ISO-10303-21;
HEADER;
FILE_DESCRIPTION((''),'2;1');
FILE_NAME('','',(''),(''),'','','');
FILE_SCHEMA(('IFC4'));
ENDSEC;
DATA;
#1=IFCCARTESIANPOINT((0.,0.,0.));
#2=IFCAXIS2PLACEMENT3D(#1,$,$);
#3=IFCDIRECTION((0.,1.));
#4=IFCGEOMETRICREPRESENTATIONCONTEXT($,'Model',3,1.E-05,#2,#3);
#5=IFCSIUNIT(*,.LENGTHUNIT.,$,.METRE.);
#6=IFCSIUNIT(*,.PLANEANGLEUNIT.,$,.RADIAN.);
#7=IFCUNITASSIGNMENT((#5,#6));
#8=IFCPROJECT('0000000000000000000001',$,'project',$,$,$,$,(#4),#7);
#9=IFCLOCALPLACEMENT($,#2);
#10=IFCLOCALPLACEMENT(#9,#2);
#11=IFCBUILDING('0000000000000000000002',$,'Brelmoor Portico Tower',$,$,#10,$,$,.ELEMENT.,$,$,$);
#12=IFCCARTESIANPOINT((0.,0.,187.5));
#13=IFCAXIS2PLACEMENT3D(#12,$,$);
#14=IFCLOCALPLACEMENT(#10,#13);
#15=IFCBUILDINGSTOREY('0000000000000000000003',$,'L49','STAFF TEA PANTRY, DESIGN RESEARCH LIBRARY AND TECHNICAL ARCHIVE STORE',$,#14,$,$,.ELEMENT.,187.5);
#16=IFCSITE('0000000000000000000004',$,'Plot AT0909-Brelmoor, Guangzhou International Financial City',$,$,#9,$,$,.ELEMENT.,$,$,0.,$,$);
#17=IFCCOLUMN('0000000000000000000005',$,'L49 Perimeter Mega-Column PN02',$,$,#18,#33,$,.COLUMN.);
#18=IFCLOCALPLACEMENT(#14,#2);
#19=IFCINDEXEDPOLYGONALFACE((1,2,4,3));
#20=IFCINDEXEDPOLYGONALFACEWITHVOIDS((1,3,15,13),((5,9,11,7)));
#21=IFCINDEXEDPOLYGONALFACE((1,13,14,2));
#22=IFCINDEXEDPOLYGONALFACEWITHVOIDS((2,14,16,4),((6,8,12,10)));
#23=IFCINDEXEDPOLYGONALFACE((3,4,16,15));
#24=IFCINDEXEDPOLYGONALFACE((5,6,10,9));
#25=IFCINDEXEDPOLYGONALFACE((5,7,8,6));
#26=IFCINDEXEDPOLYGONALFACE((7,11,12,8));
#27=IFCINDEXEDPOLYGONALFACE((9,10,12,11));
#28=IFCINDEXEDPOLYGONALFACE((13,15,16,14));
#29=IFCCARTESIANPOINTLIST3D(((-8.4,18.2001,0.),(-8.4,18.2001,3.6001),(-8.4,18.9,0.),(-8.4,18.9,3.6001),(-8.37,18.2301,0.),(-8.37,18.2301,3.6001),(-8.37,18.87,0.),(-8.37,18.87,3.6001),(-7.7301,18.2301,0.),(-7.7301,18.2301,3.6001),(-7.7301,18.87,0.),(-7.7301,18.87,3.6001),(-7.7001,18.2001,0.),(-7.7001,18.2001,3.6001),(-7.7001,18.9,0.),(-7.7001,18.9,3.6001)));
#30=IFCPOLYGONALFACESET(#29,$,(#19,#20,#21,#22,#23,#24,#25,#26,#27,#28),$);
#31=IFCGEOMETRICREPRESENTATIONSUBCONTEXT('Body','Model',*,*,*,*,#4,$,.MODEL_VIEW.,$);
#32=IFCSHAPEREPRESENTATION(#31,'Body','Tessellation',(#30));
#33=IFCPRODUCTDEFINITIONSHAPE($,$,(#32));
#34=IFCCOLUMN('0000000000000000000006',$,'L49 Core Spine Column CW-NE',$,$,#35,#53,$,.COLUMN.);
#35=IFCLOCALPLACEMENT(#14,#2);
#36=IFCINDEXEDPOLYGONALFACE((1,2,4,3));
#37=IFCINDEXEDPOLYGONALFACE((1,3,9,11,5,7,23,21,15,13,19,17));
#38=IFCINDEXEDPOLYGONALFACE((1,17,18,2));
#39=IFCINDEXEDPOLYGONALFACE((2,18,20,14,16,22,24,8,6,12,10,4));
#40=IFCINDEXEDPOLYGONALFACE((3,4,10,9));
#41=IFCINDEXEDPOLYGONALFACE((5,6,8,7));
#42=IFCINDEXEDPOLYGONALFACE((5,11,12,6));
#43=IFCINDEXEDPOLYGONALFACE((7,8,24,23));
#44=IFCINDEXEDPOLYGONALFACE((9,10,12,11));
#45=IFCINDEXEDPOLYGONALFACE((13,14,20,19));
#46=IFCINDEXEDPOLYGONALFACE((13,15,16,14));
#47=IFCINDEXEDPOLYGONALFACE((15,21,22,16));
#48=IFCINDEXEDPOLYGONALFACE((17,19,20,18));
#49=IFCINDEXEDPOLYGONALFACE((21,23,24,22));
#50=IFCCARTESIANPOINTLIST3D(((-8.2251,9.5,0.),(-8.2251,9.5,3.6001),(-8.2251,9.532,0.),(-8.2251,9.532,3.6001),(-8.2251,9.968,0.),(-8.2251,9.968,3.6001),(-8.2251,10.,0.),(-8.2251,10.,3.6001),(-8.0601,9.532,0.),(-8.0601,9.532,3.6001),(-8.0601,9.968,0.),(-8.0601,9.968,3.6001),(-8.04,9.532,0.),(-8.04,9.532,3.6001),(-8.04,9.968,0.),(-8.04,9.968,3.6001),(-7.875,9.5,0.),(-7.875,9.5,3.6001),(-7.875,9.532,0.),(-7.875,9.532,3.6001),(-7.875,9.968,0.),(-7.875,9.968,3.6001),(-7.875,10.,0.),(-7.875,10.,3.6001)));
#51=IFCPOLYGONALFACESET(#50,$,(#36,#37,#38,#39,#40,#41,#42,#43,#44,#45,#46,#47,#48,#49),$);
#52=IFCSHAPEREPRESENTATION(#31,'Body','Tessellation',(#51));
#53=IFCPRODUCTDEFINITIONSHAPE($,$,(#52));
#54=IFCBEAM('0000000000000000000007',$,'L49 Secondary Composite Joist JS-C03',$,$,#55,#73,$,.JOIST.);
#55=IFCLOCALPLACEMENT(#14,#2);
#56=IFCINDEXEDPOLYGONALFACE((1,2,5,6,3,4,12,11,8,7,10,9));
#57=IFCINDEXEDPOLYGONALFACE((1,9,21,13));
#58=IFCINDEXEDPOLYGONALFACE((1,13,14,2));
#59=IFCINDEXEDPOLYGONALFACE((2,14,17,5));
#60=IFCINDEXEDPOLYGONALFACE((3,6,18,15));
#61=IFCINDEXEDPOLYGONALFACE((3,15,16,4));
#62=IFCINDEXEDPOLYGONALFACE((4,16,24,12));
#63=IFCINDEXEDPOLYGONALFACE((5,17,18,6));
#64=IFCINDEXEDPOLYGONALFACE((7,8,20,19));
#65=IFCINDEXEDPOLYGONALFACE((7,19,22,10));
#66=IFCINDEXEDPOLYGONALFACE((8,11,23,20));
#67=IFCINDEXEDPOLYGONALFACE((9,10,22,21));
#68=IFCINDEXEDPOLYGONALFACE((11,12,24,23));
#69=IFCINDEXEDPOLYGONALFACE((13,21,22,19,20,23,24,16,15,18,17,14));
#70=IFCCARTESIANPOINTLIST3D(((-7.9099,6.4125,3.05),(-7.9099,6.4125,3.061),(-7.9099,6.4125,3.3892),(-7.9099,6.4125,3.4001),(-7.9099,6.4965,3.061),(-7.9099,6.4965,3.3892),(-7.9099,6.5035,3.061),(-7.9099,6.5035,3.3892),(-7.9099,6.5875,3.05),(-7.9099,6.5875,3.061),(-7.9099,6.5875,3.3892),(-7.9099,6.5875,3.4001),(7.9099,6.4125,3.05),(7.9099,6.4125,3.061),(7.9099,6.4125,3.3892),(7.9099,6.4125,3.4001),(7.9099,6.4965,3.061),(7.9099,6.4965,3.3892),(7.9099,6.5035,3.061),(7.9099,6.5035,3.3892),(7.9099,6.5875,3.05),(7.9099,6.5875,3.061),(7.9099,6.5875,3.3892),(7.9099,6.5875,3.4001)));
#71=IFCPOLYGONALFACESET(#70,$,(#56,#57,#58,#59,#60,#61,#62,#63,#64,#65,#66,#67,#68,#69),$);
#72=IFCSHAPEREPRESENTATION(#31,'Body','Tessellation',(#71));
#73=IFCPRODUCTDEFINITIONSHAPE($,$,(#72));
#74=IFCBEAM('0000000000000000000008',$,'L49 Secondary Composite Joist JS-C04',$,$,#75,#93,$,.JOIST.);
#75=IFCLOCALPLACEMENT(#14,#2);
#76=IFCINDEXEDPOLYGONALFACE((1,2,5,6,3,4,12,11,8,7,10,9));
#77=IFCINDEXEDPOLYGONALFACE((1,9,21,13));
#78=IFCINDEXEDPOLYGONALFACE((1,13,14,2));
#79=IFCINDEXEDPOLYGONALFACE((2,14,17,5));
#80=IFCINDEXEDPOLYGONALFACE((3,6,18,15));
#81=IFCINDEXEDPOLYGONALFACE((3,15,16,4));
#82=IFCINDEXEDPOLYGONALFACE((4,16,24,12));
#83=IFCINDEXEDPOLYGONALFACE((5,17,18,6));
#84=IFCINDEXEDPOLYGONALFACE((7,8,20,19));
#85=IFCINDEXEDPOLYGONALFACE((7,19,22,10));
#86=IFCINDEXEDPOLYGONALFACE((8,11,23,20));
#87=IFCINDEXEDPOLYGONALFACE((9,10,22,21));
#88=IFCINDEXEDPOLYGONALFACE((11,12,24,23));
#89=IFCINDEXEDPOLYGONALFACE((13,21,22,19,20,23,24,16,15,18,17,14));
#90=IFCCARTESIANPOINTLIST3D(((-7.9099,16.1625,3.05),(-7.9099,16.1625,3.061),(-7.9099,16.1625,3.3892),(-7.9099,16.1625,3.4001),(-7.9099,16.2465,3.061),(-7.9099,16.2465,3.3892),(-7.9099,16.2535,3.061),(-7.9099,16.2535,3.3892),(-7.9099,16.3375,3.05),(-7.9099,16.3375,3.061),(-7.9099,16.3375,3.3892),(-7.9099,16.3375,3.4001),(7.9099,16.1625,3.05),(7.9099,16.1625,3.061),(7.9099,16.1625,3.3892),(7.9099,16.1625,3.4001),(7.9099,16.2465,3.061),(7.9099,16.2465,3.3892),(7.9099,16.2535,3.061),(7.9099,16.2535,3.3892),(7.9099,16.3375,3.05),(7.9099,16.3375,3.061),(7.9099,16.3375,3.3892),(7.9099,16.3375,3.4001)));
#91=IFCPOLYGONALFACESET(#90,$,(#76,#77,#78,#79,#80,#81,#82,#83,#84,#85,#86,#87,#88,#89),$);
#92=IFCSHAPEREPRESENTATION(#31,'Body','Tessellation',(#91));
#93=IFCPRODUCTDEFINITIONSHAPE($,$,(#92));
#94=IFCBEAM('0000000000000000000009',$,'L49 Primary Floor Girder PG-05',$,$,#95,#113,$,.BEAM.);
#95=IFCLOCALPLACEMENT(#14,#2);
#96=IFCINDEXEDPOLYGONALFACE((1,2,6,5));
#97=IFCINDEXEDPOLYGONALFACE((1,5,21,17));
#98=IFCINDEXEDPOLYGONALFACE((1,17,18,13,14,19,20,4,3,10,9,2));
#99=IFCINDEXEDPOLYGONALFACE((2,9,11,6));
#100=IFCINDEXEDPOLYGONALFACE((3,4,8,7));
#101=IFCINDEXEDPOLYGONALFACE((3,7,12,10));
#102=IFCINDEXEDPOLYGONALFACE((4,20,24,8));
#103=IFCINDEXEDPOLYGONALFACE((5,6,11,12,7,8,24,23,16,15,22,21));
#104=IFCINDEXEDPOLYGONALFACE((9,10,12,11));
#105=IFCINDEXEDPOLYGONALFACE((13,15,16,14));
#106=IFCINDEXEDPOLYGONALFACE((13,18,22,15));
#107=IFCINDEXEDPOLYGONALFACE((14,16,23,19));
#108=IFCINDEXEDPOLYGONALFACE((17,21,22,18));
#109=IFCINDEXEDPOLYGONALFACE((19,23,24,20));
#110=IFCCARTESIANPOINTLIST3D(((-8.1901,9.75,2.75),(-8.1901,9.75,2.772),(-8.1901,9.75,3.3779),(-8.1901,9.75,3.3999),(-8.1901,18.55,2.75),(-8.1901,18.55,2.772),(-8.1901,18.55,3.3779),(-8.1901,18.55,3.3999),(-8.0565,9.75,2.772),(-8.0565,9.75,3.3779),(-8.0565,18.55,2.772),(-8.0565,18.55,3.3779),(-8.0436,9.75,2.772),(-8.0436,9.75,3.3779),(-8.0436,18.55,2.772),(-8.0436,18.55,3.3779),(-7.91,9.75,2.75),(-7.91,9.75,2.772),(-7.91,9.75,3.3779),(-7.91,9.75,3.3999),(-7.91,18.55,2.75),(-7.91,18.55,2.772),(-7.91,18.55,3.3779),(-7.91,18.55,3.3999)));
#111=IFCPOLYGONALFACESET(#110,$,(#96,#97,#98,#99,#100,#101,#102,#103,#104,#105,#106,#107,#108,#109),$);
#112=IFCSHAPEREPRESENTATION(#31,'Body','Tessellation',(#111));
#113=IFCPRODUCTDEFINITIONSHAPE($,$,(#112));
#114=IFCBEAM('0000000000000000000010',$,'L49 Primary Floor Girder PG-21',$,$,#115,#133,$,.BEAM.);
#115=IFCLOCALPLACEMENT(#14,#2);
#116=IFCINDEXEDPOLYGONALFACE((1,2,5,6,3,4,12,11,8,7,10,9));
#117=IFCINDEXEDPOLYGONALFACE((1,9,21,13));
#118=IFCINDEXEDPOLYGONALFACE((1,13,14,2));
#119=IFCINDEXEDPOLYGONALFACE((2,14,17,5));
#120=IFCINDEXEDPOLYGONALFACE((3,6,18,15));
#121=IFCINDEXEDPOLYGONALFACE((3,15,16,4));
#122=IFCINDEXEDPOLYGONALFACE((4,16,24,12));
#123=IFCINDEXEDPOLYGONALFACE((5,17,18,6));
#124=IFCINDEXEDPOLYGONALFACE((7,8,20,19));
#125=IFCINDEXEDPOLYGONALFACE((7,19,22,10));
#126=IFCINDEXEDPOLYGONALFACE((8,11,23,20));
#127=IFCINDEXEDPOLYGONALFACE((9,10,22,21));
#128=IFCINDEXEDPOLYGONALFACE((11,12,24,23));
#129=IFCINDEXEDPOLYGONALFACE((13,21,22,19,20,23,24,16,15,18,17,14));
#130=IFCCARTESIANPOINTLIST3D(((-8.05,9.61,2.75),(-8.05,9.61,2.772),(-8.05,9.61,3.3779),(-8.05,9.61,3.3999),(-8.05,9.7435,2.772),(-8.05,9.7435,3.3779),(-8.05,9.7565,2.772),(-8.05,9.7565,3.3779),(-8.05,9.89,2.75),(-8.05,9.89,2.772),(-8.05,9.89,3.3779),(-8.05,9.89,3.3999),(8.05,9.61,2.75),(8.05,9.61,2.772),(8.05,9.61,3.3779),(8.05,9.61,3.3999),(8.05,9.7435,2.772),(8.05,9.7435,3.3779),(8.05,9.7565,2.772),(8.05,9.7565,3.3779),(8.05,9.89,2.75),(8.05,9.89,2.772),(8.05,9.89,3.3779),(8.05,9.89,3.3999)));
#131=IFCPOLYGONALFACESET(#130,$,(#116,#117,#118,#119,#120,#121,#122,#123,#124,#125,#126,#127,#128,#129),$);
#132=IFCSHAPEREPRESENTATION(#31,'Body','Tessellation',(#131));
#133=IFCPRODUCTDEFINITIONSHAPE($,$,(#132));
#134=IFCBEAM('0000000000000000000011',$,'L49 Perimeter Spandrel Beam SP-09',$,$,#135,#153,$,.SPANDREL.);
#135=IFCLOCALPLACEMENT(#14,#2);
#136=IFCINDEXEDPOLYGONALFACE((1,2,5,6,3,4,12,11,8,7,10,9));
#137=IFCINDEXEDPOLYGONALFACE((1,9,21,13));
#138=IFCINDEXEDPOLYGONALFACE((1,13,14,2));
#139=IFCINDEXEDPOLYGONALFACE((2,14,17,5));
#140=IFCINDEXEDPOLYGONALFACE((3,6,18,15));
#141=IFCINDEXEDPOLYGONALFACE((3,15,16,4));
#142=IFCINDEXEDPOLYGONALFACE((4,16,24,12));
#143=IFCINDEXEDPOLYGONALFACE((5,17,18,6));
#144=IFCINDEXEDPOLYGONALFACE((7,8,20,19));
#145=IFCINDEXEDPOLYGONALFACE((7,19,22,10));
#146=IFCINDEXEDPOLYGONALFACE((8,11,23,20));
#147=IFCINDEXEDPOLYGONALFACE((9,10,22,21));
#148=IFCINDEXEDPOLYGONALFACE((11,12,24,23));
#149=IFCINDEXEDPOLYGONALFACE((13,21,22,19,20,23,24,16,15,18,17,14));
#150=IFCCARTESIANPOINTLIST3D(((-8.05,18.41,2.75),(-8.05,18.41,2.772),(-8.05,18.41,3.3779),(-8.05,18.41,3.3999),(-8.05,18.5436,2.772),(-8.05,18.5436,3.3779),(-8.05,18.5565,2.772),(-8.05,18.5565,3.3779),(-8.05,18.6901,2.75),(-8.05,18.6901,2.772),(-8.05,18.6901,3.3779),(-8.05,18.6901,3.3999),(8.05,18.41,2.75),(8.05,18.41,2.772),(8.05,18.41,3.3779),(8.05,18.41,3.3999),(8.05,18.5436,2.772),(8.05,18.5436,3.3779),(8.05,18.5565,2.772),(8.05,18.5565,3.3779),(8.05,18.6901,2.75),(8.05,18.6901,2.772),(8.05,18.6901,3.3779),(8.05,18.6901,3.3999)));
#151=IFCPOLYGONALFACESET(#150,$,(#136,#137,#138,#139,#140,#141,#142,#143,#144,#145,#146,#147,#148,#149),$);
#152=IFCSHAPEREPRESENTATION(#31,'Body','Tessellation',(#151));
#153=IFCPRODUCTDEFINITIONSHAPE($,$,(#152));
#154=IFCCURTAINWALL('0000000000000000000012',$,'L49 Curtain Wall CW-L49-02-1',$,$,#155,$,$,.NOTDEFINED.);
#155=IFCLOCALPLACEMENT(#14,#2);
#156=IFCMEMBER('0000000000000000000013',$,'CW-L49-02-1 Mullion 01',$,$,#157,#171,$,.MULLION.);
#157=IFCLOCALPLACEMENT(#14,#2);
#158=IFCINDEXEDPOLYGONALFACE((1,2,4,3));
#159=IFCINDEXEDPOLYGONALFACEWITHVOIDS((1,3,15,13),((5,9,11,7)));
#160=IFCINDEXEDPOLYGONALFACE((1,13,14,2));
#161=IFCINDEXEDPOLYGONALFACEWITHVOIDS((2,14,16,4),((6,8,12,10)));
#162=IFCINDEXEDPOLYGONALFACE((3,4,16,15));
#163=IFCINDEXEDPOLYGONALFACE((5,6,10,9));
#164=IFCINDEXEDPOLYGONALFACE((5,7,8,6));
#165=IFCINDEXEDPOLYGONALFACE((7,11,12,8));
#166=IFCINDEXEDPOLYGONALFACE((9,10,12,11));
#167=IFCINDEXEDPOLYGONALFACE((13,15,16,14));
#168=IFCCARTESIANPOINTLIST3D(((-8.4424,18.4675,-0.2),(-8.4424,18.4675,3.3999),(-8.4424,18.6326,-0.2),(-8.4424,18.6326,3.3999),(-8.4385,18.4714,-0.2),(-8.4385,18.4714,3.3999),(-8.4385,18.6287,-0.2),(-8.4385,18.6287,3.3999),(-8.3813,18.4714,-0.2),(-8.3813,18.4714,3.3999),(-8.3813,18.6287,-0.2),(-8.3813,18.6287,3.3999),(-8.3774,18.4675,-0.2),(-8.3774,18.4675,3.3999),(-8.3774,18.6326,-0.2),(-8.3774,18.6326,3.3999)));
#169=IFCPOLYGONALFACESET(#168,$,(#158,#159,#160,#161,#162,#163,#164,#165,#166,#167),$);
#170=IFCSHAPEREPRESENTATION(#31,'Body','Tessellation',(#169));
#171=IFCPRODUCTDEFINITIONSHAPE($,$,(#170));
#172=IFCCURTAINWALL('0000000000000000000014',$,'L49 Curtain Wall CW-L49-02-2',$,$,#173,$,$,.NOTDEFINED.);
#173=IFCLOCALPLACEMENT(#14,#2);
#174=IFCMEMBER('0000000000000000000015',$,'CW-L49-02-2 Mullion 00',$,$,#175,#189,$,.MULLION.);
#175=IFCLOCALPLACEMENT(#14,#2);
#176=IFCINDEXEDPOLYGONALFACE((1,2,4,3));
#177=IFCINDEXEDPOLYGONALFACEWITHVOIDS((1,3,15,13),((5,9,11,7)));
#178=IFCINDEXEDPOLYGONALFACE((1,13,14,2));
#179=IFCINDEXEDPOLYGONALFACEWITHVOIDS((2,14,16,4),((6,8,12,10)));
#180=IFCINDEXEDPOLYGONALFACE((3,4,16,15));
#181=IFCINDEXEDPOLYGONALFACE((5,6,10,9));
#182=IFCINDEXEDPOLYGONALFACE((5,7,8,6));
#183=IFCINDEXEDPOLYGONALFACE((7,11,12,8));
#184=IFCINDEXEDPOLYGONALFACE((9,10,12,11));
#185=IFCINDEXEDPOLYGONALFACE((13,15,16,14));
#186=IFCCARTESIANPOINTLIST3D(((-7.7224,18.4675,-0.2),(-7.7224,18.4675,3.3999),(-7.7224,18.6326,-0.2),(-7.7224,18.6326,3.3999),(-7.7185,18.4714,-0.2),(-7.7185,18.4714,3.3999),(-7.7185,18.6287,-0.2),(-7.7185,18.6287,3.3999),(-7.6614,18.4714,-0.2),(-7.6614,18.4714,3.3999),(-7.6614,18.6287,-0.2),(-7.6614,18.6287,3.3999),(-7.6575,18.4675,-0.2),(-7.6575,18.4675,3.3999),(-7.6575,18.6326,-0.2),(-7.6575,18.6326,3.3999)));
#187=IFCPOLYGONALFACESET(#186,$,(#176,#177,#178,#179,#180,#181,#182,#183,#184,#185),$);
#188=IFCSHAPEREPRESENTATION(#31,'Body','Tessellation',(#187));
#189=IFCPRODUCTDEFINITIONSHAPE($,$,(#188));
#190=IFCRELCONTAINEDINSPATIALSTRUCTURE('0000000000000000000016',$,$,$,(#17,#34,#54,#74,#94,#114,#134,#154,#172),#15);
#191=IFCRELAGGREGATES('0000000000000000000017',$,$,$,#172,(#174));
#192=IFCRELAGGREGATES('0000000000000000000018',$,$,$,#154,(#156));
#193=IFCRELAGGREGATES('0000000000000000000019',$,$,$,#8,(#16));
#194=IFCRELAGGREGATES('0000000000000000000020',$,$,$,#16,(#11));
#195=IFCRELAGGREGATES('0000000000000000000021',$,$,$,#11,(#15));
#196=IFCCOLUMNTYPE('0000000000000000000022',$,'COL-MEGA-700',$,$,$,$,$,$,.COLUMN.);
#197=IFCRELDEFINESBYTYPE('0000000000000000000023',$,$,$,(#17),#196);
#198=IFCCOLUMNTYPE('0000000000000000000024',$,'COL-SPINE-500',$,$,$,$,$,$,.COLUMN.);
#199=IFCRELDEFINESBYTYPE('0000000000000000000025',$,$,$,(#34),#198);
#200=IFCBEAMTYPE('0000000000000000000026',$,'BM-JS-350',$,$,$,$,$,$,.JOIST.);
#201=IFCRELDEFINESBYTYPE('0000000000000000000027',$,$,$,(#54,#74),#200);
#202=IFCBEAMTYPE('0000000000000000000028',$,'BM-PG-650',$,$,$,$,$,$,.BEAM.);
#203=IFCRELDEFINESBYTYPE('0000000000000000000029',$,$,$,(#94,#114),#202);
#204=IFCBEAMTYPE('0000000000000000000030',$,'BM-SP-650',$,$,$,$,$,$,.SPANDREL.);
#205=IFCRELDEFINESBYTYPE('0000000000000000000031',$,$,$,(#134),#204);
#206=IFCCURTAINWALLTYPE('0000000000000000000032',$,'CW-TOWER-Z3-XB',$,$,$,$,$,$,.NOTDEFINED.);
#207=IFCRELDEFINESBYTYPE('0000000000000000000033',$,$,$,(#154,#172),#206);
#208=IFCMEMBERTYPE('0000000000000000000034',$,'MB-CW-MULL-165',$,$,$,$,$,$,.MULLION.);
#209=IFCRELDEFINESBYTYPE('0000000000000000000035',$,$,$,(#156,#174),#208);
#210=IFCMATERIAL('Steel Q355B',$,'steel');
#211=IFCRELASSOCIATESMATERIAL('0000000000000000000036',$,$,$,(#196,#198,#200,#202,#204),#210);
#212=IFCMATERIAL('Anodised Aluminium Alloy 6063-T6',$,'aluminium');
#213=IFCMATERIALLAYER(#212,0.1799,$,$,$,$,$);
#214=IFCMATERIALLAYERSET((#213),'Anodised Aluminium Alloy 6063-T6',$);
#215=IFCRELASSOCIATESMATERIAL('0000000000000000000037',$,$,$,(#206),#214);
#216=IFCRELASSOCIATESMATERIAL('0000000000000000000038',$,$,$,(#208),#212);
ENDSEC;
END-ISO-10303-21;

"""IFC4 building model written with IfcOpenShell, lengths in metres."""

from ifc_helpers import new_model, si_unit, direction, frame, origin, origin_2d, place, context, subcontext, project, spatial, hollow_rectangle, i_section, extrude, material, layer, layer_set, material_profile, profile_set, type_object, element, aggregate, save


model = new_model("IFC4")

# Units and contexts
model_context = context("Model", 3, precision=1e-05, world=origin(), true_north=direction((0.0, 1.0)))
body_context = subcontext(model_context, "Body", "Model", "MODEL_VIEW")
ifc_project = project(units=[si_unit("LENGTHUNIT", "METRE"), si_unit("PLANEANGLEUNIT", "RADIAN")], contexts=[model_context])

# Site, building, storey
site_placement = place(None, origin())
site = spatial("IfcSite", under=ifc_project, at=site_placement, Name="Plot AT0909-Brelmoor, Guangzhou International Financial City", CompositionType="ELEMENT", RefElevation=0.0)
building_placement = place(site_placement, origin())
building = spatial("IfcBuilding", under=site, at=building_placement, Name="Brelmoor Portico Tower", CompositionType="ELEMENT")
storey_placement = place(building_placement, frame((0.0, 0.0, 187.5)))
storey = spatial("IfcBuildingStorey", under=building, at=storey_placement, Name="L49", Description="STAFF TEA PANTRY, DESIGN RESEARCH LIBRARY AND TECHNICAL ARCHIVE STORE", CompositionType="ELEMENT", Elevation=187.5)

# Columns
ifc_material_1 = material(Name="Steel Q355B", Category="steel")
ifc_material_profile_1 = material_profile(ifc_material_1, hollow_rectangle(XDim=0.7, YDim=0.7, WallThickness=0.03, at=origin_2d()), Name="BOX 700x700x30")
ifc_profile_set_1 = profile_set([ifc_material_profile_1], Name="Steel Q355B")
column_type_1 = type_object("IfcColumnType", Name="COL-MEGA-700", PredefinedType="COLUMN", material=ifc_profile_set_1)
column_1_placement = place(storey_placement, frame((-8.05, 18.55, 0.0), z_axis=(0.0, 0.0, 1.0), x_axis=(1.0, 0.0, 0.0)))
element("IfcColumn", 1, at=column_1_placement, inside=storey, type_object=column_type_1, Name="L49 Perimeter Mega-Column PN02", PredefinedType="COLUMN", context=body_context, shape_type="SweptSolid", body=[
    extrude(hollow_rectangle(XDim=0.7, YDim=0.7, WallThickness=0.03, at=origin_2d()), origin(), (0.0, 0.0, 1.0), 3.6001),
])
ifc_material_profile_2 = material_profile(ifc_material_1, i_section(OverallWidth=0.3501, OverallDepth=0.5, WebThickness=0.02, FlangeThickness=0.032, at=origin_2d()), Name="HW 500x350x20x32")
ifc_profile_set_2 = profile_set([ifc_material_profile_2], Name="Steel Q355B")
column_type_2 = type_object("IfcColumnType", Name="COL-SPINE-500", PredefinedType="COLUMN", material=ifc_profile_set_2)
column_2_placement = place(storey_placement, frame((-8.05, 9.75, 0.0), z_axis=(0.0, 0.0, 1.0), x_axis=(1.0, 0.0, 0.0)))
element("IfcColumn", 2, at=column_2_placement, inside=storey, type_object=column_type_2, Name="L49 Core Spine Column CW-NE", PredefinedType="COLUMN", context=body_context, shape_type="SweptSolid", body=[
    extrude(i_section(OverallWidth=0.3501, OverallDepth=0.5, WebThickness=0.02, FlangeThickness=0.032, at=origin_2d()), origin(), (0.0, 0.0, 1.0), 3.6001),
])

# Beams
ifc_material_profile_3 = material_profile(ifc_material_1, i_section(OverallWidth=0.175, OverallDepth=0.3501, WebThickness=0.0071, FlangeThickness=0.011, at=origin_2d()), Name="HN 350x175x7x11")
ifc_profile_set_3 = profile_set([ifc_material_profile_3], Name="Steel Q355B")
beam_type_1 = type_object("IfcBeamType", Name="BM-JS-350", PredefinedType="JOIST", material=ifc_profile_set_3)
for number, where, z_axis, x_axis, name in (
    (3, (-7.9099, 6.5, 3.2251), (1.0, 0.0, 0.0), (0.0, 1.0, 0.0), "L49 Secondary Composite Joist JS-C03"),
    (4, (-7.9099, 16.25, 3.2251), (1.0, 0.0, 0.0), (0.0, 1.0, 0.0), "L49 Secondary Composite Joist JS-C04"),
):
    element("IfcBeam", number, at=place(storey_placement, frame(where, z_axis=z_axis, x_axis=x_axis)), inside=storey, type_object=beam_type_1, Name=name, PredefinedType="JOIST", context=body_context, shape_type="SweptSolid", body=[
        extrude(i_section(OverallWidth=0.175, OverallDepth=0.3501, WebThickness=0.0071, FlangeThickness=0.011, at=origin_2d()), origin(), (0.0, 0.0, 1.0), 15.8198),
    ])
ifc_material_profile_4 = material_profile(ifc_material_1, i_section(OverallWidth=0.28, OverallDepth=0.6499, WebThickness=0.0129, FlangeThickness=0.022, at=origin_2d()), Name="HN 650x280x13x22")
ifc_profile_set_4 = profile_set([ifc_material_profile_4], Name="Steel Q355B")
beam_type_2 = type_object("IfcBeamType", Name="BM-PG-650", PredefinedType="BEAM", material=ifc_profile_set_4)
beam_1_placement = place(storey_placement, frame((-8.05, 9.75, 3.075), z_axis=(0.0, 1.0, 0.0), x_axis=(-1.0, 0.0, 0.0)))
element("IfcBeam", 5, at=beam_1_placement, inside=storey, type_object=beam_type_2, Name="L49 Primary Floor Girder PG-05", PredefinedType="BEAM", context=body_context, shape_type="SweptSolid", body=[
    extrude(i_section(OverallWidth=0.28, OverallDepth=0.6499, WebThickness=0.0129, FlangeThickness=0.022, at=origin_2d()), origin(), (0.0, 0.0, 1.0), 8.8),
])
beam_2_placement = place(storey_placement, frame((-8.05, 9.75, 3.075), z_axis=(1.0, 0.0, 0.0), x_axis=(0.0, 1.0, 0.0)))
element("IfcBeam", 6, at=beam_2_placement, inside=storey, type_object=beam_type_2, Name="L49 Primary Floor Girder PG-21", PredefinedType="BEAM", context=body_context, shape_type="SweptSolid", body=[
    extrude(i_section(OverallWidth=0.28, OverallDepth=0.6499, WebThickness=0.0129, FlangeThickness=0.022, at=origin_2d()), origin(), (0.0, 0.0, 1.0), 16.1001),
])
ifc_material_profile_5 = material_profile(ifc_material_1, i_section(OverallWidth=0.28, OverallDepth=0.6499, WebThickness=0.0129, FlangeThickness=0.022, at=origin_2d()), Name="HN 650x280x13x22")
ifc_profile_set_5 = profile_set([ifc_material_profile_5], Name="Steel Q355B")
beam_type_3 = type_object("IfcBeamType", Name="BM-SP-650", PredefinedType="SPANDREL", material=ifc_profile_set_5)
beam_3_placement = place(storey_placement, frame((-8.05, 18.55, 3.075), z_axis=(1.0, 0.0, 0.0), x_axis=(0.0, 1.0, 0.0)))
element("IfcBeam", 7, at=beam_3_placement, inside=storey, type_object=beam_type_3, Name="L49 Perimeter Spandrel Beam SP-09", PredefinedType="SPANDREL", context=body_context, shape_type="SweptSolid", body=[
    extrude(i_section(OverallWidth=0.28, OverallDepth=0.6499, WebThickness=0.0129, FlangeThickness=0.022, at=origin_2d()), origin(), (0.0, 0.0, 1.0), 16.1001),
])

# Curtain wall, member
ifc_material_2 = material(Name="Anodised Aluminium Alloy 6063-T6", Category="aluminium")
ifc_layer_1 = layer(ifc_material_2, 0.1799)
ifc_layer_set_1 = layer_set([ifc_layer_1], Name="Anodised Aluminium Alloy 6063-T6")
curtain_wall_type = type_object("IfcCurtainWallType", Name="CW-TOWER-Z3-XB", PredefinedType="NOTDEFINED", material=ifc_layer_set_1)
curtain_wall_1_placement = place(storey_placement, origin())
curtain_wall_1 = element("IfcCurtainWall", 8, at=curtain_wall_1_placement, inside=storey, type_object=curtain_wall_type, Name="L49 Curtain Wall CW-L49-02-1", PredefinedType="NOTDEFINED")
ifc_material_profile_6 = material_profile(ifc_material_2, hollow_rectangle(XDim=0.0649, YDim=0.165, WallThickness=0.0039, at=origin_2d()), Name="ALU MULLION 65x165")
ifc_profile_set_6 = profile_set([ifc_material_profile_6], Name="Anodised Aluminium Alloy 6063-T6")
member_type_1 = type_object("IfcMemberType", Name="MB-CW-MULL-165", PredefinedType="MULLION", material=ifc_profile_set_6)
member_1_placement = place(storey_placement, frame((-8.4099, 18.55, -0.2), z_axis=(0.0, 0.0, 1.0), x_axis=(1.0, 0.0, 0.0)))
member_1 = element("IfcMember", 9, at=member_1_placement, type_object=member_type_1, Name="CW-L49-02-1 Mullion 01", PredefinedType="MULLION", context=body_context, shape_type="SweptSolid", body=[
    extrude(hollow_rectangle(XDim=0.0649, YDim=0.165, WallThickness=0.0039, at=origin_2d()), origin(), (0.0, 0.0, 1.0), 3.5999),
])

# Curtain wall, member
curtain_wall_2_placement = place(storey_placement, origin())
curtain_wall_2 = element("IfcCurtainWall", 10, at=curtain_wall_2_placement, inside=storey, type_object=curtain_wall_type, Name="L49 Curtain Wall CW-L49-02-2", PredefinedType="NOTDEFINED")
member_2_placement = place(storey_placement, frame((-7.6899, 18.55, -0.2), z_axis=(0.0, 0.0, 1.0), x_axis=(1.0, 0.0, 0.0)))
member_2 = element("IfcMember", 11, at=member_2_placement, type_object=member_type_1, Name="CW-L49-02-2 Mullion 00", PredefinedType="MULLION", context=body_context, shape_type="SweptSolid", body=[
    extrude(hollow_rectangle(XDim=0.0649, YDim=0.165, WallThickness=0.0039, at=origin_2d()), origin(), (0.0, 0.0, 1.0), 3.5999),
])
aggregate(curtain_wall_2, [member_2])

aggregate(curtain_wall_1, [member_1])

save(model, "model.ifc")
